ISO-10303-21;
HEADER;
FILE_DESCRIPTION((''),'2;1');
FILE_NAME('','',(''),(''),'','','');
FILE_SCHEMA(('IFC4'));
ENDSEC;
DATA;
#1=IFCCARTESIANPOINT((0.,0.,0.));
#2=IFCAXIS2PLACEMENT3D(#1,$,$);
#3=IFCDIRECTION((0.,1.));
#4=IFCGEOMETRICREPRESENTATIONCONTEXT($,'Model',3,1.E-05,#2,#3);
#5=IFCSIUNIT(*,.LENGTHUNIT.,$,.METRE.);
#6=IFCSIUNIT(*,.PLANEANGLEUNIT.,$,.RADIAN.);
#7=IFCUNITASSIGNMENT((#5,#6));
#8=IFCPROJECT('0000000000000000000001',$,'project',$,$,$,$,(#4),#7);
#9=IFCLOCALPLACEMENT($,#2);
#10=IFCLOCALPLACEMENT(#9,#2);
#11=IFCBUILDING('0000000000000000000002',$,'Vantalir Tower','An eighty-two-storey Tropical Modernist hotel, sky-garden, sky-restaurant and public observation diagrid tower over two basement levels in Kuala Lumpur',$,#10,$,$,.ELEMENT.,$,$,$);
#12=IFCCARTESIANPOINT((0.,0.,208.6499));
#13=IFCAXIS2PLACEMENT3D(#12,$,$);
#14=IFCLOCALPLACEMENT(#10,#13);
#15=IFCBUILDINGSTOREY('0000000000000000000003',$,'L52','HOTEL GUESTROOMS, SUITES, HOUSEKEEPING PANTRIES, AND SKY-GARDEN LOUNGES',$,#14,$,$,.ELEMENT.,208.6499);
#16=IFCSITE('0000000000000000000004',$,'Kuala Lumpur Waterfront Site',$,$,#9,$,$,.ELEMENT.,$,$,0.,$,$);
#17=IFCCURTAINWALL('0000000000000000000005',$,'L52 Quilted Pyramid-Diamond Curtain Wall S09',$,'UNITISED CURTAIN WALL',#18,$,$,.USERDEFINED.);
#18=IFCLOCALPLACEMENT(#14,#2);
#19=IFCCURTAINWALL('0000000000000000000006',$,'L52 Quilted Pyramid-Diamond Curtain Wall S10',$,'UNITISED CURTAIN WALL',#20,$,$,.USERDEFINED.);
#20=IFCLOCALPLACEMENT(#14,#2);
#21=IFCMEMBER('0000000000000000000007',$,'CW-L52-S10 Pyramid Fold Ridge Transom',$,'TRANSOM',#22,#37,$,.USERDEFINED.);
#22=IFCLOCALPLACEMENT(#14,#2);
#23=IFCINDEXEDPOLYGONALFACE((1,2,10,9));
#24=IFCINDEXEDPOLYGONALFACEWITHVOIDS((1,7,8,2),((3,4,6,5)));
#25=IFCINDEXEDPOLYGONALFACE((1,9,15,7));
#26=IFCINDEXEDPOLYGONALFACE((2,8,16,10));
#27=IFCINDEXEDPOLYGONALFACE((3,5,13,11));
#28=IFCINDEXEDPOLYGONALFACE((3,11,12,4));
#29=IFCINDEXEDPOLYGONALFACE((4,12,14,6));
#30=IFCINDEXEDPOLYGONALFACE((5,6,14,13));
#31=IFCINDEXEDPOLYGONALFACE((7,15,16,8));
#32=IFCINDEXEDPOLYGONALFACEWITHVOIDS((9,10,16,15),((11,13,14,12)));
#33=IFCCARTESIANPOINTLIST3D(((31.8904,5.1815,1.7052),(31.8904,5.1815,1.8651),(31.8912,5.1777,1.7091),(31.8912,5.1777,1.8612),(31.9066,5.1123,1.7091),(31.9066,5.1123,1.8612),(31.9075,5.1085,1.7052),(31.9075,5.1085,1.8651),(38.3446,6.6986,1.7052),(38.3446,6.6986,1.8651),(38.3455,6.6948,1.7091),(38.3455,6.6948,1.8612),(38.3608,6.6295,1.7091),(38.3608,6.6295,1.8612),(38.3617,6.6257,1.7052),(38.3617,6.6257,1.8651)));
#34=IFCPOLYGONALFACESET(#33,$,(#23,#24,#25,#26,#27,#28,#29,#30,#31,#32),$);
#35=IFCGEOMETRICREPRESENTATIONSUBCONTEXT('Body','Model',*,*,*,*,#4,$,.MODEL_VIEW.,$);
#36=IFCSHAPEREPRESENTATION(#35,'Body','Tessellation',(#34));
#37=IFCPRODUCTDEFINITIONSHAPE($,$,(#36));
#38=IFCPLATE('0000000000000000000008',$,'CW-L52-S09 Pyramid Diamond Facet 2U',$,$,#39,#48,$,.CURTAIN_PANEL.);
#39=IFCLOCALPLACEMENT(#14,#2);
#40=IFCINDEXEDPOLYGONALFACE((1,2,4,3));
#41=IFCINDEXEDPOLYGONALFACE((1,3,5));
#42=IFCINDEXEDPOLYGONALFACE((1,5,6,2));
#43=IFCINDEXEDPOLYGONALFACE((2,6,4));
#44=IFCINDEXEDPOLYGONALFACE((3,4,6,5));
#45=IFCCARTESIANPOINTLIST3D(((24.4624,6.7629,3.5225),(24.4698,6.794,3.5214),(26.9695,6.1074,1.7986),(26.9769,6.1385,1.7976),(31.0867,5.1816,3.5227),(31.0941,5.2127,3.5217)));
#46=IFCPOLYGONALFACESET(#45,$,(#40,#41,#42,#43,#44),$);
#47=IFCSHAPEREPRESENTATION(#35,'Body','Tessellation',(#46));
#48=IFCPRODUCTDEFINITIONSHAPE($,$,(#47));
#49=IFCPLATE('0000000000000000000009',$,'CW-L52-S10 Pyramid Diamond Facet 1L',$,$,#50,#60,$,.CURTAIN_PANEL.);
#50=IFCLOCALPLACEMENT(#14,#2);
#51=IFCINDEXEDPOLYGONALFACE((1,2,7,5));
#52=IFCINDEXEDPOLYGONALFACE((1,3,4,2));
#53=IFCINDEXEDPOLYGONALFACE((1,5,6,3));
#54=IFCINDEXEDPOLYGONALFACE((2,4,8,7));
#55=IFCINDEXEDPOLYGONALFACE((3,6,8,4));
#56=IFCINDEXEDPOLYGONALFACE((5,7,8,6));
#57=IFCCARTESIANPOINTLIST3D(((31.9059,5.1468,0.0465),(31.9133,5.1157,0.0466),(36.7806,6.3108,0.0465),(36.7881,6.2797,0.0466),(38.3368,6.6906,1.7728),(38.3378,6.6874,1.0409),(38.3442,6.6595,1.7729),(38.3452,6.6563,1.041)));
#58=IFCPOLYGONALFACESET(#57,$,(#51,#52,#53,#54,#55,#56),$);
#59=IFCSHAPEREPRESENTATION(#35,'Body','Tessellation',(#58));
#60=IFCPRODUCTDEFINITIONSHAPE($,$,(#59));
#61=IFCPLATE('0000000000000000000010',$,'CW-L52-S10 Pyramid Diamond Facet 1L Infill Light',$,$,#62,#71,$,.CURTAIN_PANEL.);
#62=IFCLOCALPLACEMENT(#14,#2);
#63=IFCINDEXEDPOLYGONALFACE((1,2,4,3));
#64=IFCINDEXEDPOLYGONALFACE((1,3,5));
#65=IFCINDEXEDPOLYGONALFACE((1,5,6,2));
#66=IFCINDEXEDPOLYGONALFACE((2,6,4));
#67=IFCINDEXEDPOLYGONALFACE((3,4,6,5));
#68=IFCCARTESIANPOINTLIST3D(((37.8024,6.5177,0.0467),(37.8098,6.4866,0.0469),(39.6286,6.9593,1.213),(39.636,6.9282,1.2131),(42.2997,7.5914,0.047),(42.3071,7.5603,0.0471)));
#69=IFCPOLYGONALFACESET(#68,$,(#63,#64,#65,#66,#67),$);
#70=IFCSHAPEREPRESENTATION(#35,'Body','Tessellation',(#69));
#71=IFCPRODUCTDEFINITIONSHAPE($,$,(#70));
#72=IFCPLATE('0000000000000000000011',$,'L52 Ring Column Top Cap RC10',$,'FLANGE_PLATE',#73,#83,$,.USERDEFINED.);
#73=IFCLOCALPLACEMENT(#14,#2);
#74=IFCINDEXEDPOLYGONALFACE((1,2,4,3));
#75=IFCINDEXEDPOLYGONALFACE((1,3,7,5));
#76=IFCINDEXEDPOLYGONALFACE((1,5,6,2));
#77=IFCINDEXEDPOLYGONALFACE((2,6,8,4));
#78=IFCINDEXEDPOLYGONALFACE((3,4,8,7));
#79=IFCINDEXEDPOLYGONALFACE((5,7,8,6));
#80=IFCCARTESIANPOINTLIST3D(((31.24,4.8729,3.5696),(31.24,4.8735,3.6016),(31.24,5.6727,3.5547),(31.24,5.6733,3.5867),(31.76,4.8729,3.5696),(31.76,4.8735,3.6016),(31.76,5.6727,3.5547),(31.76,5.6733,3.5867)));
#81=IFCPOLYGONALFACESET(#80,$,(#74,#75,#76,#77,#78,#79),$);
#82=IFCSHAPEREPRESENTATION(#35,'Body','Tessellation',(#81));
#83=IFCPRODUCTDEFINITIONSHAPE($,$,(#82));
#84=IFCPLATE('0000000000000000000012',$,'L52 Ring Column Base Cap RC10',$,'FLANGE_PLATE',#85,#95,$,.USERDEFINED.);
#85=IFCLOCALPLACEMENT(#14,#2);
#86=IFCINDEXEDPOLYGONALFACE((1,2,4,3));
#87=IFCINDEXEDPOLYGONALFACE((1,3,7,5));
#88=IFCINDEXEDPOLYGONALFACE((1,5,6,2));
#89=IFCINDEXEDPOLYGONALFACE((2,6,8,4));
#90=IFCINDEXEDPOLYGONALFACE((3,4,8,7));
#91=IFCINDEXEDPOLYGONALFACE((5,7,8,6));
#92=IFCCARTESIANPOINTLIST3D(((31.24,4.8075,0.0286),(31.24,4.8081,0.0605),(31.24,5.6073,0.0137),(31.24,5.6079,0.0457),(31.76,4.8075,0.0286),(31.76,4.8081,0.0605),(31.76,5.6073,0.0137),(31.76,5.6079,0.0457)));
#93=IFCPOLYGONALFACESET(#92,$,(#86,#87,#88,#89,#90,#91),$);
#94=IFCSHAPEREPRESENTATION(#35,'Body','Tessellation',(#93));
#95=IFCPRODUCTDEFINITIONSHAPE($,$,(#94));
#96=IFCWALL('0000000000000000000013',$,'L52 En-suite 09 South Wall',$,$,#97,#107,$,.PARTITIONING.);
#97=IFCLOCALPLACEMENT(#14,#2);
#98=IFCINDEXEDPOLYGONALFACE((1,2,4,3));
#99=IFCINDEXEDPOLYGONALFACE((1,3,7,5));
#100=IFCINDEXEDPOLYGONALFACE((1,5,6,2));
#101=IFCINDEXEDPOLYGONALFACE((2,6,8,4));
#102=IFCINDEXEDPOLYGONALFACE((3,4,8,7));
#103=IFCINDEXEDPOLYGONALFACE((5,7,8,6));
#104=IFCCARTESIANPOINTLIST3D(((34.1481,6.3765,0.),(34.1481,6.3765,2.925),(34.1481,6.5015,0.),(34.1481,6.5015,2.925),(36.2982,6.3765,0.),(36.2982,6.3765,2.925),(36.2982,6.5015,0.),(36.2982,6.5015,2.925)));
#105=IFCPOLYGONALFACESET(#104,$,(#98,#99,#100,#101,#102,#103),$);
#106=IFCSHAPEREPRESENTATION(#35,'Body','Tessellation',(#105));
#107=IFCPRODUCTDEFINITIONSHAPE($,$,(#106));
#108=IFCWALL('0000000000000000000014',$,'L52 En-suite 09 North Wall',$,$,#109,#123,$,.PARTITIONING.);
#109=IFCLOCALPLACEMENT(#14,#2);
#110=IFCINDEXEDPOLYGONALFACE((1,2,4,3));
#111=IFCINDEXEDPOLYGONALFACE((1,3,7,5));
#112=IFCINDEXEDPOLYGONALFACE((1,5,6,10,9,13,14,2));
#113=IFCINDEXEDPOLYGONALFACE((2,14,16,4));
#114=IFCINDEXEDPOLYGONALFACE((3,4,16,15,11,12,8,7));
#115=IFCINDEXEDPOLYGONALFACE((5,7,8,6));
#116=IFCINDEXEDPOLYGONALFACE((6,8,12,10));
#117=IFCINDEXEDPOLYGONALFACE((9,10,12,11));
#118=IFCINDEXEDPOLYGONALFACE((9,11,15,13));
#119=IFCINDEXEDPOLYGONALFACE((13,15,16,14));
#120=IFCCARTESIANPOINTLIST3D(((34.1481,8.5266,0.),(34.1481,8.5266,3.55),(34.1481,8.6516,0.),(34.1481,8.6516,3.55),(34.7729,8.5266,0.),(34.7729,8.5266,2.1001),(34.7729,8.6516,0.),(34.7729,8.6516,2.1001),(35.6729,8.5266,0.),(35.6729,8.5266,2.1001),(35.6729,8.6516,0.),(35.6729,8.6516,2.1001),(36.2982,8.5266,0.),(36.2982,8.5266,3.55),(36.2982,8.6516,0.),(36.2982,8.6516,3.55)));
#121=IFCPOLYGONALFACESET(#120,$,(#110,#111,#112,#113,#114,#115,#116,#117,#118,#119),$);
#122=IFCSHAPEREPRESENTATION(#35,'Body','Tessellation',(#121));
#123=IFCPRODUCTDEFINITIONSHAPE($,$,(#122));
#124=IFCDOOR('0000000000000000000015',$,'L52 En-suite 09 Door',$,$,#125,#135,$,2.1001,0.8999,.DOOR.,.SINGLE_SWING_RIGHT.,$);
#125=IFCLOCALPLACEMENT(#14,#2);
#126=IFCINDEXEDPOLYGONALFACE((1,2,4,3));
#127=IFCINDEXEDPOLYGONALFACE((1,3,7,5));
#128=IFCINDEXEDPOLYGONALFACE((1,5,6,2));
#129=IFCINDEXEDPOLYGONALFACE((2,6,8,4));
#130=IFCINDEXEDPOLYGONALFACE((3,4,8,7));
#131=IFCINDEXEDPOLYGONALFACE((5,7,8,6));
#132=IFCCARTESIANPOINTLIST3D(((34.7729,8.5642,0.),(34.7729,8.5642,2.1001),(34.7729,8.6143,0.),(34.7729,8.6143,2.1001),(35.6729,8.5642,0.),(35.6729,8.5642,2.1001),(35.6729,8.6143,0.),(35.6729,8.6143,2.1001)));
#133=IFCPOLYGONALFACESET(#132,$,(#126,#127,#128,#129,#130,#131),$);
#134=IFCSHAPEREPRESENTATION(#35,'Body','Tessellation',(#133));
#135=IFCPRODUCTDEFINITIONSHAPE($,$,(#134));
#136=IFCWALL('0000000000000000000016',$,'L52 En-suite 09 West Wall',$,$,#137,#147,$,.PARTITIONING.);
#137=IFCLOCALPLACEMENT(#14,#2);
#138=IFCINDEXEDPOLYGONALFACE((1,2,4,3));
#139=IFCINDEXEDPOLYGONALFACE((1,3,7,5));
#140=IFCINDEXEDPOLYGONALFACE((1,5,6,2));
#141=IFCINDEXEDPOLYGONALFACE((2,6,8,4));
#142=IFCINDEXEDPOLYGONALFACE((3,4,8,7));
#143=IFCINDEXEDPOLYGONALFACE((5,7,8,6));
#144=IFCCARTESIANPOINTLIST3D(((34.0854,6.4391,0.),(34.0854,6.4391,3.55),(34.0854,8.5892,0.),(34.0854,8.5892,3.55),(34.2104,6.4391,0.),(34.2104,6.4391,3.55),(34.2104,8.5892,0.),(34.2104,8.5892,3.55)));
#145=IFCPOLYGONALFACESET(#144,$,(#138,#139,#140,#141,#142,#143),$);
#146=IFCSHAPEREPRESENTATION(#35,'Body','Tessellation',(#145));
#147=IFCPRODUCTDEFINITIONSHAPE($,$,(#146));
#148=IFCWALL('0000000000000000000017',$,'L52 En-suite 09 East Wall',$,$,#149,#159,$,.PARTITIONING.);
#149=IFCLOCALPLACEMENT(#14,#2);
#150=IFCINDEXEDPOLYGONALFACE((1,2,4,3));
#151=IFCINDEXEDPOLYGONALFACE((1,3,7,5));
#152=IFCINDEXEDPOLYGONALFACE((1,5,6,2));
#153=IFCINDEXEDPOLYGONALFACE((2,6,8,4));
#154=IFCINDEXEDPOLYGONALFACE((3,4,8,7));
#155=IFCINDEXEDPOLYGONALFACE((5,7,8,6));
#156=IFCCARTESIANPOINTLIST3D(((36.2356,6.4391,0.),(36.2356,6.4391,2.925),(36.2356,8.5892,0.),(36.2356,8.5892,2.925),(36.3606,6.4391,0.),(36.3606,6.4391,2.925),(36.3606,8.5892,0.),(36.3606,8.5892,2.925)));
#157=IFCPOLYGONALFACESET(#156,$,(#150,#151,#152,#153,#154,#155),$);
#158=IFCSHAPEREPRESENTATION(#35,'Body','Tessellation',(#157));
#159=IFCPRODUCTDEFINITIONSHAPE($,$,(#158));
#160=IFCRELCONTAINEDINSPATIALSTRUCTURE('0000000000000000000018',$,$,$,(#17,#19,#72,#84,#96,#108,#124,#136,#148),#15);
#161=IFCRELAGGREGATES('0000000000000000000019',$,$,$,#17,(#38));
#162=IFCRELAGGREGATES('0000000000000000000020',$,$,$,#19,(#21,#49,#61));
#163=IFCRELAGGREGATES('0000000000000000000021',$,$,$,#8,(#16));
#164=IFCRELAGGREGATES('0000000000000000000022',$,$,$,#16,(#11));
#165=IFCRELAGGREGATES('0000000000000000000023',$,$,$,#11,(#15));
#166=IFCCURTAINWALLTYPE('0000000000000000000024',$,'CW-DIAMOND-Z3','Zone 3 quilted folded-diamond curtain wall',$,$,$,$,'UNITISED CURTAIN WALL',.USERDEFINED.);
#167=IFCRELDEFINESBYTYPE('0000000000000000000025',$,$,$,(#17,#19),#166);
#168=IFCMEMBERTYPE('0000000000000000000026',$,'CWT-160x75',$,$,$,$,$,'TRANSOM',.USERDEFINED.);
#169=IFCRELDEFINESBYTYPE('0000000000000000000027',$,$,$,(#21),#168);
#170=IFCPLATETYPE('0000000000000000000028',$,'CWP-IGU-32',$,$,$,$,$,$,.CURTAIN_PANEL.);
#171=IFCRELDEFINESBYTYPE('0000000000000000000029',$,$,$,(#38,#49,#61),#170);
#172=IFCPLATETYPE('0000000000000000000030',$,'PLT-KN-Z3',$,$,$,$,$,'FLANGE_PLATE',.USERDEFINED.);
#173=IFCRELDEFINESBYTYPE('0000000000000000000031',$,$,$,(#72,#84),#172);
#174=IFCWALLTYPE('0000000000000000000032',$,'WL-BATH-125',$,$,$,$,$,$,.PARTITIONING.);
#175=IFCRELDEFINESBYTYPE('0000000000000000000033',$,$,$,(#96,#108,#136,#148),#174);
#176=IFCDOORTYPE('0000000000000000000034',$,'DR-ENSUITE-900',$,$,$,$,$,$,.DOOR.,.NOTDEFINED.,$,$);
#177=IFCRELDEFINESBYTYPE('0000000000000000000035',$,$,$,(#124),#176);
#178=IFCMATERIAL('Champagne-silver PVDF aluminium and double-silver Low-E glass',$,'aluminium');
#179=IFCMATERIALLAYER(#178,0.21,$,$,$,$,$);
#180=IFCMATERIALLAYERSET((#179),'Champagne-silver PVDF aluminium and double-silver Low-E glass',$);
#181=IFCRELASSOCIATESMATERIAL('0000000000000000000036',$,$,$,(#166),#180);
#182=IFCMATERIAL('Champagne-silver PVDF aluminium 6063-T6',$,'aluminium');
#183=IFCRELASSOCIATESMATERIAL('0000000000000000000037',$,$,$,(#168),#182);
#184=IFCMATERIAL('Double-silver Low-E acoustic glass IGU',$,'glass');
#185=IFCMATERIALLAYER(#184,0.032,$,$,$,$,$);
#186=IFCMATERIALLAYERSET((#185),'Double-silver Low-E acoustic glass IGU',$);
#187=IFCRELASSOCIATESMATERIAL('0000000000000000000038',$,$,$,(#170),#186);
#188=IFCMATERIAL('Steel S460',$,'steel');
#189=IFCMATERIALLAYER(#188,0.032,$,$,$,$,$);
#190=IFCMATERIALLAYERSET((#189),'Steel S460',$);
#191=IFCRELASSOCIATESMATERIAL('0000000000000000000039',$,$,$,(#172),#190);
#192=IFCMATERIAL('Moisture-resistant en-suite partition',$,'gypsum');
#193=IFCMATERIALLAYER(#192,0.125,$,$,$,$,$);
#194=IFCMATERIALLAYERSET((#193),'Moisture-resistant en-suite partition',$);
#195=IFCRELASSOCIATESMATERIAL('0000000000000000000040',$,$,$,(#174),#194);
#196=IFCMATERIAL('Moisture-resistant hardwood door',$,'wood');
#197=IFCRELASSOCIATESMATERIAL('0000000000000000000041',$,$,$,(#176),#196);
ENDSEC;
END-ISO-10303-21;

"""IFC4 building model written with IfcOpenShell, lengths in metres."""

from ifc_helpers import new_model, si_unit, direction, frame, frame_2d, origin, origin_2d, place, context, subcontext, project, spatial, polyline, rectangle, hollow_rectangle, outline, extrude, material, layer, layer_set, material_profile, profile_set, type_object, element, fill, aggregate, save


model = new_model("IFC4")

# Units and contexts
model_context = context("Model", 3, precision=1e-05, world=origin(), true_north=direction((0.0, 1.0)))
body_context = subcontext(model_context, "Body", "Model", "MODEL_VIEW")
ifc_project = project(units=[si_unit("LENGTHUNIT", "METRE"), si_unit("PLANEANGLEUNIT", "RADIAN")], contexts=[model_context])

# Site, building, storey
site_placement = place(None, origin())
site = spatial("IfcSite", under=ifc_project, at=site_placement, Name="Kuala Lumpur Waterfront Site", CompositionType="ELEMENT", RefElevation=0.0)
building_placement = place(site_placement, origin())
building = spatial("IfcBuilding", under=site, at=building_placement, Name="Vantalir Tower", Description="An eighty-two-storey Tropical Modernist hotel, sky-garden, sky-restaurant and public observation diagrid tower over two basement levels in Kuala Lumpur", CompositionType="ELEMENT")
storey_placement = place(building_placement, frame((0.0, 0.0, 208.6499)))
storey = spatial("IfcBuildingStorey", under=building, at=storey_placement, Name="L52", Description="HOTEL GUESTROOMS, SUITES, HOUSEKEEPING PANTRIES, AND SKY-GARDEN LOUNGES", CompositionType="ELEMENT", Elevation=208.6499)

# Shared definitions
ifc_material_1 = material(Name="Steel S460", Category="steel")

# Curtain wall
ifc_material_2 = material(Name="Champagne-silver PVDF aluminium and double-silver Low-E glass", Category="aluminium")
ifc_layer_1 = layer(ifc_material_2, 0.21)
ifc_layer_set_1 = layer_set([ifc_layer_1], Name="Champagne-silver PVDF aluminium and double-silver Low-E glass")
curtain_wall_type = type_object("IfcCurtainWallType", Name="CW-DIAMOND-Z3", Description="Zone 3 quilted folded-diamond curtain wall", ElementType="UNITISED CURTAIN WALL", PredefinedType="USERDEFINED", material=ifc_layer_set_1)
curtain_wall_1_placement = place(storey_placement, origin())
curtain_wall_1 = element("IfcCurtainWall", 1, at=curtain_wall_1_placement, inside=storey, type_object=curtain_wall_type, Name="L52 Quilted Pyramid-Diamond Curtain Wall S09", ObjectType="UNITISED CURTAIN WALL", PredefinedType="USERDEFINED")
ifc_material_3 = material(Name="Champagne-silver PVDF aluminium 6063-T6", Category="aluminium")

# Curtain wall, member
curtain_wall_2_placement = place(storey_placement, origin())
curtain_wall_2 = element("IfcCurtainWall", 2, at=curtain_wall_2_placement, inside=storey, type_object=curtain_wall_type, Name="L52 Quilted Pyramid-Diamond Curtain Wall S10", ObjectType="UNITISED CURTAIN WALL", PredefinedType="USERDEFINED")
ifc_material_profile_1 = material_profile(ifc_material_3, hollow_rectangle(XDim=0.075, YDim=0.1599, WallThickness=0.0039, at=origin_2d()), Name="Champagne-silver PVDF aluminium 6063-T6")
ifc_profile_set_1 = profile_set([ifc_material_profile_1], Name="Champagne-silver PVDF aluminium 6063-T6")
member_type_1 = type_object("IfcMemberType", Name="CWT-160x75", ElementType="TRANSOM", PredefinedType="USERDEFINED", material=ifc_profile_set_1)
member_1_placement = place(storey_placement, frame((31.8989, 5.145, 1.7852), z_axis=(0.973468, 0.228822, 0.0), x_axis=(-0.228822, 0.973468, 0.0)))
member_1 = element("IfcMember", 3, at=member_1_placement, type_object=member_type_1, Name="CW-L52-S10 Pyramid Fold Ridge Transom", ObjectType="TRANSOM", PredefinedType="USERDEFINED", context=body_context, shape_type="SweptSolid", body=[
    extrude(hollow_rectangle(XDim=0.075, YDim=0.1599, WallThickness=0.0039, at=origin_2d()), origin(), (0.0, 0.0, 1.0), 6.6301),
])

# Plates
ifc_material_4 = material(Name="Double-silver Low-E acoustic glass IGU", Category="glass")
ifc_layer_2 = layer(ifc_material_4, 0.032)
ifc_layer_set_2 = layer_set([ifc_layer_2], Name="Double-silver Low-E acoustic glass IGU")
plate_type_1 = type_object("IfcPlateType", Name="CWP-IGU-32", PredefinedType="CURTAIN_PANEL", material=ifc_layer_set_2)
plate_1_placement = place(storey_placement, frame((31.0867, 5.1816, 3.5227), z_axis=(-0.23207, -0.972167, 0.032168), x_axis=(-0.972671, 0.232189, -0.000036)))
plate_1 = element("IfcPlate", 4, at=plate_1_placement, type_object=plate_type_1, Name="CW-L52-S09 Pyramid Diamond Facet 2U", PredefinedType="CURTAIN_PANEL", context=body_context, shape_type="SweptSolid", body=[
    extrude(outline(polyline([(0.0, 0.0), (6.8104, 0.0), (4.2197, 1.7249), (0.0, 0.0)])), origin(), (0.0, 0.0, -1.0), 0.032),
])
aggregate(curtain_wall_1, [plate_1])
plate_2_placement = place(storey_placement, frame((31.9133, 5.1157, 0.0466), z_axis=(0.232238, -0.972648, 0.004689), x_axis=(0.972658, 0.232241, 0.0)))
plate_2 = element("IfcPlate", 5, at=plate_2_placement, type_object=plate_type_1, Name="CW-L52-S10 Pyramid Diamond Facet 1L", PredefinedType="CURTAIN_PANEL", context=body_context, shape_type="SweptSolid", body=[
    extrude(outline(polyline([(0.0, 0.0), (5.0118, 0.0), (6.6138, 0.9944), (6.6136, 1.7263), (0.0, 0.0)])), origin(), (0.0, 0.0, -1.0), 0.032),
])
plate_3_placement = place(storey_placement, frame((37.8098, 6.4866, 0.0469), z_axis=(0.23222, -0.972652, 0.004715), x_axis=(0.972663, 0.232222, 0.000053)))
plate_3 = element("IfcPlate", 6, at=plate_3_placement, type_object=plate_type_1, Name="CW-L52-S10 Pyramid Diamond Facet 1L Infill Light", PredefinedType="CURTAIN_PANEL", context=body_context, shape_type="SweptSolid", body=[
    extrude(outline(polyline([(0.0, 0.0), (4.6237, 0.0), (1.8789, 1.1662), (0.0, 0.0)])), origin(), (0.0, 0.0, -1.0), 0.032),
])
aggregate(curtain_wall_2, [member_1, plate_2, plate_3])

# Plates
ifc_layer_3 = layer(ifc_material_1, 0.032)
ifc_layer_set_3 = layer_set([ifc_layer_3], Name="Steel S460")
plate_type_2 = type_object("IfcPlateType", Name="PLT-KN-Z3", ElementType="FLANGE_PLATE", PredefinedType="USERDEFINED", material=ifc_layer_set_3)
for number, where, z_axis, x_axis, name in (
    (7, (31.24, 5.6733, 3.5867), (0.0, 0.018617, 0.999827), (0.0, -0.999827, 0.018617), "L52 Ring Column Top Cap RC10"),
    (8, (31.24, 5.6079, 0.0457), (0.0, 0.018617, 0.999827), (0.0, -0.999827, 0.018617), "L52 Ring Column Base Cap RC10"),
):
    element("IfcPlate", number, at=place(storey_placement, frame(where, z_axis=z_axis, x_axis=x_axis)), inside=storey, type_object=plate_type_2, Name=name, ObjectType="FLANGE_PLATE", PredefinedType="USERDEFINED", context=body_context, shape_type="SweptSolid", body=[
        extrude(outline(polyline([(0.0, 0.0), (0.7999, 0.0), (0.7999, 0.52), (0.0, 0.52), (0.0, 0.0)])), origin(), (0.0, 0.0, -1.0), 0.032),
    ])

# Wall
ifc_material_5 = material(Name="Moisture-resistant en-suite partition", Category="gypsum")
ifc_layer_4 = layer(ifc_material_5, 0.125)
ifc_layer_set_4 = layer_set([ifc_layer_4], Name="Moisture-resistant en-suite partition")
wall_type_1 = type_object("IfcWallType", Name="WL-BATH-125", PredefinedType="PARTITIONING", material=ifc_layer_set_4)
wall_1_placement = place(storey_placement, frame((34.1479, 6.439, 0.0), z_axis=(0.0, 0.0, 1.0), x_axis=(1.0, 0.0, 0.0)))
element("IfcWall", 9, at=wall_1_placement, inside=storey, type_object=wall_type_1, Name="L52 En-suite 09 South Wall", PredefinedType="PARTITIONING", context=body_context, shape_type="SweptSolid", body=[
    extrude(rectangle(XDim=2.1501, YDim=0.125, at=frame_2d((1.0752, 0.0))), origin(), (0.0, 0.0, 1.0), 2.925),
])

# Wall, opening, door
wall_2_placement = place(storey_placement, frame((34.1479, 8.5891, 0.0), z_axis=(0.0, 0.0, 1.0), x_axis=(1.0, 0.0, 0.0)))
wall_2 = element("IfcWall", 10, at=wall_2_placement, inside=storey, type_object=wall_type_1, Name="L52 En-suite 09 North Wall", PredefinedType="PARTITIONING", context=body_context, shape_type="SweptSolid", body=[
    extrude(rectangle(XDim=2.1501, YDim=0.125, at=frame_2d((1.0752, 0.0))), origin(), (0.0, 0.0, 1.0), 3.55),
])
opening_1_placement = place(wall_2_placement, frame((0.625, 0.0, 0.0)))
opening_1 = element("IfcOpeningElement", 11, at=opening_1_placement, cuts=wall_2, PredefinedType="OPENING", context=body_context, shape_type="SweptSolid", body=[
    extrude(rectangle(XDim=0.8999, YDim=2.1001, at=frame_2d((0.45, 1.05))), frame((0.0, 0.0725, 0.0), z_axis=(0.0, -1.0, 0.0), x_axis=(1.0, 0.0, 0.0)), (0.0, 0.0, 1.0), 0.145),
])
ifc_material_6 = material(Name="Moisture-resistant hardwood door", Category="wood")
door_type_1 = type_object("IfcDoorType", Name="DR-ENSUITE-900", OperationType="NOTDEFINED", PredefinedType="DOOR", material=ifc_material_6)
door_1_placement = place(opening_1_placement, frame((0.8999, 0.0, 0.0), z_axis=(0.0, 0.0, 1.0), x_axis=(-1.0, 0.0, 0.0)))
door_1 = element("IfcDoor", 12, at=door_1_placement, inside=storey, type_object=door_type_1, Name="L52 En-suite 09 Door", OperationType="SINGLE_SWING_RIGHT", OverallHeight=2.1001, OverallWidth=0.8999, PredefinedType="DOOR", context=body_context, shape_type="SweptSolid", body=[
    extrude(rectangle(XDim=0.8999, YDim=2.1001, at=frame_2d((0.45, 1.05))), frame((0.0, 0.0249, 0.0), z_axis=(0.0, -1.0, 0.0), x_axis=(1.0, 0.0, 0.0)), (0.0, 0.0, 1.0), 0.05),
])
fill(opening_1, door_1)

# Walls
wall_3_placement = place(storey_placement, frame((34.1479, 6.439, 0.0), z_axis=(0.0, 0.0, 1.0), x_axis=(0.0, 1.0, 0.0)))
element("IfcWall", 13, at=wall_3_placement, inside=storey, type_object=wall_type_1, Name="L52 En-suite 09 West Wall", PredefinedType="PARTITIONING", context=body_context, shape_type="SweptSolid", body=[
    extrude(rectangle(XDim=2.1501, YDim=0.125, at=frame_2d((1.0752, 0.0))), origin(), (0.0, 0.0, 1.0), 3.55),
])
wall_4_placement = place(storey_placement, frame((36.2981, 6.439, 0.0), z_axis=(0.0, 0.0, 1.0), x_axis=(0.0, 1.0, 0.0)))
element("IfcWall", 14, at=wall_4_placement, inside=storey, type_object=wall_type_1, Name="L52 En-suite 09 East Wall", PredefinedType="PARTITIONING", context=body_context, shape_type="SweptSolid", body=[
    extrude(rectangle(XDim=2.1501, YDim=0.125, at=frame_2d((1.0752, 0.0))), origin(), (0.0, 0.0, 1.0), 2.925),
])

save(model, "model.ifc")
